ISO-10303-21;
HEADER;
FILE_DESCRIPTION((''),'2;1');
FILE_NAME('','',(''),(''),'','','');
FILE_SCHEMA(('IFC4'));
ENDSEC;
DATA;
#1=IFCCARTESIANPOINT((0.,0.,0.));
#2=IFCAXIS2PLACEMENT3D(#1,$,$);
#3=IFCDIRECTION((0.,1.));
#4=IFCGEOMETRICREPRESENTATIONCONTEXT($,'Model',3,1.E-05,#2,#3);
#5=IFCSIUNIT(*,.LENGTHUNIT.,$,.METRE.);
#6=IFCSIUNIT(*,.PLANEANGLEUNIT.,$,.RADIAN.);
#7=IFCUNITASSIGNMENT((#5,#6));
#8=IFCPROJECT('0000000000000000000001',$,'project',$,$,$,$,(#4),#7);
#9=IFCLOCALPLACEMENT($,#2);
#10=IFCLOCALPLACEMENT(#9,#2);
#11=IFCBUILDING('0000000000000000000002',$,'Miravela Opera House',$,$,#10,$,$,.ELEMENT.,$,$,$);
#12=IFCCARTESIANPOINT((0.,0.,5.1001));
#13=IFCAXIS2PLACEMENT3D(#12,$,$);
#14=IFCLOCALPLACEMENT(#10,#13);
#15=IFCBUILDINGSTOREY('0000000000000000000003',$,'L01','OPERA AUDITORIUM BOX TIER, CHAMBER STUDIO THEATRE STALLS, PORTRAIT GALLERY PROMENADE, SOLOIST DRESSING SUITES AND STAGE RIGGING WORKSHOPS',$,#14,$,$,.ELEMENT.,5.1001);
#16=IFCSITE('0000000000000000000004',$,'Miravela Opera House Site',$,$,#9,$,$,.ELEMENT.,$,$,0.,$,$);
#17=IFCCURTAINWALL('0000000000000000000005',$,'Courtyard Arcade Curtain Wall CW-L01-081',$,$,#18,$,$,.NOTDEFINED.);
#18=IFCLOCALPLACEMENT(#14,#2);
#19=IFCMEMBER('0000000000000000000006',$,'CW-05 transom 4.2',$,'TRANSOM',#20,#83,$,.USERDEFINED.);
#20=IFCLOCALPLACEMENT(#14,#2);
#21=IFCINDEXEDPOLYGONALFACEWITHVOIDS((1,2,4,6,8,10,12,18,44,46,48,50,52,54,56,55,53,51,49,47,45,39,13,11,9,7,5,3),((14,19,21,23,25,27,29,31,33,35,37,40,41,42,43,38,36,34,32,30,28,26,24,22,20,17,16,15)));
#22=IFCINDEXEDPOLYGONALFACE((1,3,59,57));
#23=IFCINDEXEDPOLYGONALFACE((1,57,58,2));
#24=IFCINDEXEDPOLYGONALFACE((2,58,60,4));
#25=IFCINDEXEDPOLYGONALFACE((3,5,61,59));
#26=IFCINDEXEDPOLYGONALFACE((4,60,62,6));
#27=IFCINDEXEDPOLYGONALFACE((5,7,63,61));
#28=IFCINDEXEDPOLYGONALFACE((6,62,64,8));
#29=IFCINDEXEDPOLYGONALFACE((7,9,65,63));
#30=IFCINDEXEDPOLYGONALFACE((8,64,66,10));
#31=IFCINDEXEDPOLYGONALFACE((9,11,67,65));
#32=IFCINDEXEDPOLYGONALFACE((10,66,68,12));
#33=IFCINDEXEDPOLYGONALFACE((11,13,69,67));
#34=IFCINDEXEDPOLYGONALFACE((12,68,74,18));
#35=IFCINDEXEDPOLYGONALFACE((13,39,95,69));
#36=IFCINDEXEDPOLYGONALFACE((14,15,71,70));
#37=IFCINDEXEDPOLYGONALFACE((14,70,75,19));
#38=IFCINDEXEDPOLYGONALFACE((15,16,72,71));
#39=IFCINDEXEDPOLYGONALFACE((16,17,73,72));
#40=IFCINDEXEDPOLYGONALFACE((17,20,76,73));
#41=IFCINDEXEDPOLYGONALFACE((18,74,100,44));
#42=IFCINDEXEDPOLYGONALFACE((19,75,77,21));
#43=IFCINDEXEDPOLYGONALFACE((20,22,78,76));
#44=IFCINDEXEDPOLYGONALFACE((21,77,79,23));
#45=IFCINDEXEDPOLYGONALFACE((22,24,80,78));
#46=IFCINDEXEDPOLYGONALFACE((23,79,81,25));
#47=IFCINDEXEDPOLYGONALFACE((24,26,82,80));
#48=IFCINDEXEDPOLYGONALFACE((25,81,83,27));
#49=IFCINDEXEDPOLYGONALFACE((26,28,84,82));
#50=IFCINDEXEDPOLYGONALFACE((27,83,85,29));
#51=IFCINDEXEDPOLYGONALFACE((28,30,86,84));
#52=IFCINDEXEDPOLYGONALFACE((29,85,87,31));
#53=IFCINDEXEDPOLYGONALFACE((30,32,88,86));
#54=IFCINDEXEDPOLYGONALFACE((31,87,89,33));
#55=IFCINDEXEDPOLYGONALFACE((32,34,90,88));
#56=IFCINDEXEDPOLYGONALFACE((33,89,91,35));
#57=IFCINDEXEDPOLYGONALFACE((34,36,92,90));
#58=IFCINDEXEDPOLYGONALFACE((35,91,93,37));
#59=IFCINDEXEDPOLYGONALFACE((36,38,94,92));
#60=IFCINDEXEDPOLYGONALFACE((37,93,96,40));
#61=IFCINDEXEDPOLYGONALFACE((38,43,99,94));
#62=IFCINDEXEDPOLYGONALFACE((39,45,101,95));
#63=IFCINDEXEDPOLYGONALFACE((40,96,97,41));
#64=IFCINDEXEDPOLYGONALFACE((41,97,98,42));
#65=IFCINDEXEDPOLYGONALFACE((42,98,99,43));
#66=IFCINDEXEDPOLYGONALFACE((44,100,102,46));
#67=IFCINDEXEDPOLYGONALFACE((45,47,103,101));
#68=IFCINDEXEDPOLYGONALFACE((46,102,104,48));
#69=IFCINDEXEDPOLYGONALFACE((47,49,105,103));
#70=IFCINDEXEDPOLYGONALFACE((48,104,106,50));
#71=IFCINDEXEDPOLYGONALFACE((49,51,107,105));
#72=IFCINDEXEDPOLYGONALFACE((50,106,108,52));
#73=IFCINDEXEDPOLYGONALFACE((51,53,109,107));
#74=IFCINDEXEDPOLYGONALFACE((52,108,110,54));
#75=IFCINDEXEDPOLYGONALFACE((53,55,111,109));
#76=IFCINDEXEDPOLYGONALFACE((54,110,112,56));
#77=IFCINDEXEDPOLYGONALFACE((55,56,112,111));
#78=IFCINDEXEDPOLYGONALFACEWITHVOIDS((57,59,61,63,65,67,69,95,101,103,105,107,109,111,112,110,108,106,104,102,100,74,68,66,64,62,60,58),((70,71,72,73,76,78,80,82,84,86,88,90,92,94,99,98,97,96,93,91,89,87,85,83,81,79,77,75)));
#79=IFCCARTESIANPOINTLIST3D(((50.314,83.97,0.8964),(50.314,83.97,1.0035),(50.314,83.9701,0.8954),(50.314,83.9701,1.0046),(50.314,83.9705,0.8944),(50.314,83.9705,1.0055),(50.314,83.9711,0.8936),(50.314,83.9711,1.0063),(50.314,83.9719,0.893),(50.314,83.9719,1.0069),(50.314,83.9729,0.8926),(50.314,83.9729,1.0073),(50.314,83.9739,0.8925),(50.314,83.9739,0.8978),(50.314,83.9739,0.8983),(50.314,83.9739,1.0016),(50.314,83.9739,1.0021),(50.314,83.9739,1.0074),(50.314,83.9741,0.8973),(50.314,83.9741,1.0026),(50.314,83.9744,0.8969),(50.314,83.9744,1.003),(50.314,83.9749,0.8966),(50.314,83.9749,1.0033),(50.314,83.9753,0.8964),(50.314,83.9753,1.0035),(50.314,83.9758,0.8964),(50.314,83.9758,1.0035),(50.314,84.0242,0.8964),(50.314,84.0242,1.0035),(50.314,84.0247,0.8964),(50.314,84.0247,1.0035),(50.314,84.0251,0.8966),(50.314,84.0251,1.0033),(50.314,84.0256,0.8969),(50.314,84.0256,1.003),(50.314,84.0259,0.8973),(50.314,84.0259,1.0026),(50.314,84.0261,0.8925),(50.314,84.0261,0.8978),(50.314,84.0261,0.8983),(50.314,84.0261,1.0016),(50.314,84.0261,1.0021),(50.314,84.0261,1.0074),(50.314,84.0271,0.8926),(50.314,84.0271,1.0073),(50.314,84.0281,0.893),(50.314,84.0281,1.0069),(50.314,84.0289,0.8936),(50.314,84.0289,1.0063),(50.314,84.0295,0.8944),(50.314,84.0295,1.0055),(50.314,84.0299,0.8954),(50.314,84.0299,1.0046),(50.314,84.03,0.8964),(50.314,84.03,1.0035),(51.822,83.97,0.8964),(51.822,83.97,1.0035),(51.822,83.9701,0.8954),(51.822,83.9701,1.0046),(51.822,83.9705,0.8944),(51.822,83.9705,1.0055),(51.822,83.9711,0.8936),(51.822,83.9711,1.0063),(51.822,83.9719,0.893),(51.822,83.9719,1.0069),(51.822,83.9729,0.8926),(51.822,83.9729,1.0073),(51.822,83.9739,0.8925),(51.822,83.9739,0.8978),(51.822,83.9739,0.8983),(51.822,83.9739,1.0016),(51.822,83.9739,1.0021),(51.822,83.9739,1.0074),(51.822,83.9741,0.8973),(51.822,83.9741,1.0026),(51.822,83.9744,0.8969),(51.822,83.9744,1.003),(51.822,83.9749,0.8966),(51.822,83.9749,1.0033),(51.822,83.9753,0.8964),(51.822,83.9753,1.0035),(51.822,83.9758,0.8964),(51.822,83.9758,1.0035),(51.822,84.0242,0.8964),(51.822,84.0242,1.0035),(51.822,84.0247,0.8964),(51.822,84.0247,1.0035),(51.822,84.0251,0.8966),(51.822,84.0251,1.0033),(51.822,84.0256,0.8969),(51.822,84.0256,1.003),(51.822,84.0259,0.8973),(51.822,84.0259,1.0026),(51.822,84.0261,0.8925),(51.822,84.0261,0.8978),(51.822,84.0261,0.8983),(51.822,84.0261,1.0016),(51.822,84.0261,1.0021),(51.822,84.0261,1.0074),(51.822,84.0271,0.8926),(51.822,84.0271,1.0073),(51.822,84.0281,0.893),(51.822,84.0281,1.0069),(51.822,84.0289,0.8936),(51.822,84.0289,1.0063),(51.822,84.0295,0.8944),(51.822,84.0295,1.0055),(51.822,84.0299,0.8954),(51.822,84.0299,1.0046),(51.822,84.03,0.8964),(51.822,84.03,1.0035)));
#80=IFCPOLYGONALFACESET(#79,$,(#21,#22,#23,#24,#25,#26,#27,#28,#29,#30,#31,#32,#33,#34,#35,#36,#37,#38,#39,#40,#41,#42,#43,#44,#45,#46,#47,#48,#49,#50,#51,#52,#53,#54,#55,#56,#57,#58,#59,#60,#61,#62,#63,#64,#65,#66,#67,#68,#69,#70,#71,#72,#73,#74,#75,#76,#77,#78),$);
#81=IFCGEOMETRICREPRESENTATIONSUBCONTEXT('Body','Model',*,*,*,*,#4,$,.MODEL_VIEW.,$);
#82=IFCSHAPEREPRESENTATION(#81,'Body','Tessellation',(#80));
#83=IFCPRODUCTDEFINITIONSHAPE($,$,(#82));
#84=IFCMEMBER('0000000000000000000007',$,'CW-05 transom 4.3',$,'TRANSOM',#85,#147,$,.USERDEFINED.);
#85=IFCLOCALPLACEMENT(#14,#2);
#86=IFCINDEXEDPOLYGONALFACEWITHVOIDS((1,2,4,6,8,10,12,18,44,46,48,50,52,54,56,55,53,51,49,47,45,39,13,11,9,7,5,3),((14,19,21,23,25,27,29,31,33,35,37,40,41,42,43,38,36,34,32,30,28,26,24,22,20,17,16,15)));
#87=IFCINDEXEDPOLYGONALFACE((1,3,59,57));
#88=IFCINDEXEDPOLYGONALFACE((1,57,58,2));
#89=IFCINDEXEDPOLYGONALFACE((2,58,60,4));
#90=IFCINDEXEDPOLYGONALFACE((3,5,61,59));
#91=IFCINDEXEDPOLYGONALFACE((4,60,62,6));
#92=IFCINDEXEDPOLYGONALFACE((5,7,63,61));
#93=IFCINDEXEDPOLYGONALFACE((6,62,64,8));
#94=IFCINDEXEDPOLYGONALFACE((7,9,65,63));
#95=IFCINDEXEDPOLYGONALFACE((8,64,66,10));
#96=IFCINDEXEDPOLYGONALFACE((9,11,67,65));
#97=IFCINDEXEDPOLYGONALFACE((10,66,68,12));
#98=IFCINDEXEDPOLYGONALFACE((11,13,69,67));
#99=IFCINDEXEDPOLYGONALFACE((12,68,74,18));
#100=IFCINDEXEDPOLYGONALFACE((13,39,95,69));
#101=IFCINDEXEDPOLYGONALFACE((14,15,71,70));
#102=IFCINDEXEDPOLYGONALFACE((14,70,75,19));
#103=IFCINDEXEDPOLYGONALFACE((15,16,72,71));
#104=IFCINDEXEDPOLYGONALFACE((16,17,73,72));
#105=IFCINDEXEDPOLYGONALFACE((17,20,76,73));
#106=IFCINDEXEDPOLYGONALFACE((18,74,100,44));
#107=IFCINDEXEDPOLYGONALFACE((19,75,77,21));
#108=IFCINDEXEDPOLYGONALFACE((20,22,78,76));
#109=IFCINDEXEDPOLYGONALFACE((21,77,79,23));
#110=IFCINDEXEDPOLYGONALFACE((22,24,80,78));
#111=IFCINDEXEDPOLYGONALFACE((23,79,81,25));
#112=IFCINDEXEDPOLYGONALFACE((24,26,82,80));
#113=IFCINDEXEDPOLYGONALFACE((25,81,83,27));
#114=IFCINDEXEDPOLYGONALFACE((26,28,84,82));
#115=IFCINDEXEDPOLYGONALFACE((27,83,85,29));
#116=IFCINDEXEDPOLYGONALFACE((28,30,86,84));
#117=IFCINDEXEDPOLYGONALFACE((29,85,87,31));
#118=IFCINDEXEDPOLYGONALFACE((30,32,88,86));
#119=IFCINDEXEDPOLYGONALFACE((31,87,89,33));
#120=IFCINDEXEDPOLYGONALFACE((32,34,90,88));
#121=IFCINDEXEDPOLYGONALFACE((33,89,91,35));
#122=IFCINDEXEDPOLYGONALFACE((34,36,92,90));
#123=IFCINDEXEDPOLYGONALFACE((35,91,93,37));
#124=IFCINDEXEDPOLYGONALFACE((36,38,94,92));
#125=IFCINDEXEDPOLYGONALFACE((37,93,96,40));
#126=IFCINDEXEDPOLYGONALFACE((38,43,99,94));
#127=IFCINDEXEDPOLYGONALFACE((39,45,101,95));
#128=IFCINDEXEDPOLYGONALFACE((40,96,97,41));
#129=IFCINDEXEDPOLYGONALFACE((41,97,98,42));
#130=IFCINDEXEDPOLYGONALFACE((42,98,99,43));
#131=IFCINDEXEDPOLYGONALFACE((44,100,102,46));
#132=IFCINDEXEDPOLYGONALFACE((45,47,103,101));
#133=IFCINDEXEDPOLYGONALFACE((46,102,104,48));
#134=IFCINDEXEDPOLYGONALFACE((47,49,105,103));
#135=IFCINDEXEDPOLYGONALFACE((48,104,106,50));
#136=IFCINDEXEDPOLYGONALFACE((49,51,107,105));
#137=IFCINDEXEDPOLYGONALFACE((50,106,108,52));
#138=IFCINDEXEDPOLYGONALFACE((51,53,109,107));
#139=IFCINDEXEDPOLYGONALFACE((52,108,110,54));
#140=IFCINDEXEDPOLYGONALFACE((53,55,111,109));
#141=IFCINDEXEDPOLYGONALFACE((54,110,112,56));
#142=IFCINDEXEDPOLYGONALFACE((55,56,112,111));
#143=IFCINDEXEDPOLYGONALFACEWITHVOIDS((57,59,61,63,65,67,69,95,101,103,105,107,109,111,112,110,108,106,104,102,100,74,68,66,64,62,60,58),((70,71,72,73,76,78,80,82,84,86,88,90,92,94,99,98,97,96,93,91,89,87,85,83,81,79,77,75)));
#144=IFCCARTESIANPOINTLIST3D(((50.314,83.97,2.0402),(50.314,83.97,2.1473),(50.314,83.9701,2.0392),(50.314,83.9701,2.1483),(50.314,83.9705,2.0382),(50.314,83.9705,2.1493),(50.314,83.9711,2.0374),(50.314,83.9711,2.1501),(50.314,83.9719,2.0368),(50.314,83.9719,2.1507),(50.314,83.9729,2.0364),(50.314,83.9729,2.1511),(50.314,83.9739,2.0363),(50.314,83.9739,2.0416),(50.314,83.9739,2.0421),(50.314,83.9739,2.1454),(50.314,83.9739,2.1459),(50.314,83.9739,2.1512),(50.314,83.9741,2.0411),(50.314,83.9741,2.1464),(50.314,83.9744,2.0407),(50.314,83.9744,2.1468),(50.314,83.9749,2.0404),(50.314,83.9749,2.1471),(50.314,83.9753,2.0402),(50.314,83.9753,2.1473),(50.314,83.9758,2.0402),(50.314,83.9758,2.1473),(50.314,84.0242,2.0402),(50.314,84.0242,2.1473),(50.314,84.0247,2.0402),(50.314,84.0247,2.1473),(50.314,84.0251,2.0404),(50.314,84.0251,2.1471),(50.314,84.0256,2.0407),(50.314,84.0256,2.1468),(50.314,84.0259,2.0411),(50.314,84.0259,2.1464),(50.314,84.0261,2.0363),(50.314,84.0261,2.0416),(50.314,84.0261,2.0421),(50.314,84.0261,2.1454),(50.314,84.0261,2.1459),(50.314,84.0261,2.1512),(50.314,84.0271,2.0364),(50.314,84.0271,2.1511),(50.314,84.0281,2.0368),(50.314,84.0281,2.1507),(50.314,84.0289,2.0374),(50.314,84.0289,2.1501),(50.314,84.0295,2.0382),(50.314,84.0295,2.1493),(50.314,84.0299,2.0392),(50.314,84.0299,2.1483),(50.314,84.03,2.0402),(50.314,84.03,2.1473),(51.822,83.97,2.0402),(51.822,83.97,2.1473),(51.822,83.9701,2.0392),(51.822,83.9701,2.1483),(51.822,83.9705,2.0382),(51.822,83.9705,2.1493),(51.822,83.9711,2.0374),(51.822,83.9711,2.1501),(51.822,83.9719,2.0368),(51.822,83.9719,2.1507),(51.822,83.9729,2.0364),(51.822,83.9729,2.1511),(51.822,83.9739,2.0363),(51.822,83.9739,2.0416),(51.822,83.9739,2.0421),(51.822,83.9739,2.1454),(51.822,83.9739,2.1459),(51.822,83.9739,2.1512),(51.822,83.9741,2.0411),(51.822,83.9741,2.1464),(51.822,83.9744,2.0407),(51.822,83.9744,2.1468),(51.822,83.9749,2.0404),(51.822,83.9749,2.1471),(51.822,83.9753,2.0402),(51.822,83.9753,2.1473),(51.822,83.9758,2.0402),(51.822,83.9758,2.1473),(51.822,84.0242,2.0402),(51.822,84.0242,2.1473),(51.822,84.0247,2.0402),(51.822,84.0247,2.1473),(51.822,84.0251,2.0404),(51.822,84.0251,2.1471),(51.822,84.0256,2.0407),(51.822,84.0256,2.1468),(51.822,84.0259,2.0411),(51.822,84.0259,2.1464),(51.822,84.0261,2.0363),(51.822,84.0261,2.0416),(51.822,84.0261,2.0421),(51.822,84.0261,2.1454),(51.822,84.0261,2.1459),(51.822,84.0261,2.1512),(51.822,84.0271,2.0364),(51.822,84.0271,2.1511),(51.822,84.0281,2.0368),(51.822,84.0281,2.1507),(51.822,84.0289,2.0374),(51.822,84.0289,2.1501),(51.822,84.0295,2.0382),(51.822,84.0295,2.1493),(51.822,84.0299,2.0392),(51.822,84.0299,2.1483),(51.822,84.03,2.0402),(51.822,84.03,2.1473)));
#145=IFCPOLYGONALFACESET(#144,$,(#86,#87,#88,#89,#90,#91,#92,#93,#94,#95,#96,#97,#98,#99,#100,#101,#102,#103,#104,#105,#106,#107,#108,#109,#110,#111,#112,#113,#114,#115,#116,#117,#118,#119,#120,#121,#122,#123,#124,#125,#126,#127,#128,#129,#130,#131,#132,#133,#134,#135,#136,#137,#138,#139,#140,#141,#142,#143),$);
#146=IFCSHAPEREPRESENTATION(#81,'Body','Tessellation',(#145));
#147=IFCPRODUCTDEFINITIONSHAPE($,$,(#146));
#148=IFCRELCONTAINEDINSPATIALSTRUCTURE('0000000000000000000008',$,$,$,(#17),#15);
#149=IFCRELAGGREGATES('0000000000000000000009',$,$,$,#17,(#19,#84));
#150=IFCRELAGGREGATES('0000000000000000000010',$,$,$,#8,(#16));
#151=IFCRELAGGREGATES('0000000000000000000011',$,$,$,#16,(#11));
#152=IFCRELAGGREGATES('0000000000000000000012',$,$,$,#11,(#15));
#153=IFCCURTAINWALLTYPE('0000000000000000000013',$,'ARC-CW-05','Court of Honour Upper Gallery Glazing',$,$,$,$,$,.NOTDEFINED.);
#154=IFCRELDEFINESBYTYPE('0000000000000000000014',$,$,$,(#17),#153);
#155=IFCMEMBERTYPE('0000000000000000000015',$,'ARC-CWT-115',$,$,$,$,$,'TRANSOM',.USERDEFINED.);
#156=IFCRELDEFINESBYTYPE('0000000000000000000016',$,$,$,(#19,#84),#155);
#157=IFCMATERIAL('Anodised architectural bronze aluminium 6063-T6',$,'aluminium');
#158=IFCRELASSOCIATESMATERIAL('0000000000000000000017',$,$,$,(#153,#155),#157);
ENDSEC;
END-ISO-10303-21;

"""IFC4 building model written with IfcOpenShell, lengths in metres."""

from ifc_helpers import new_model, si_unit, direction, frame, origin, origin_2d, place, context, subcontext, project, spatial, hollow_rectangle, extrude, material, material_profile, profile_set, type_object, element, aggregate, save


model = new_model("IFC4")

# Units and contexts
model_context = context("Model", 3, precision=1e-05, world=origin(), true_north=direction((0.0, 1.0)))
body_context = subcontext(model_context, "Body", "Model", "MODEL_VIEW")
ifc_project = project(units=[si_unit("LENGTHUNIT", "METRE"), si_unit("PLANEANGLEUNIT", "RADIAN")], contexts=[model_context])

# Site, building, storey
site_placement = place(None, origin())
site = spatial("IfcSite", under=ifc_project, at=site_placement, Name="Miravela Opera House Site", CompositionType="ELEMENT", RefElevation=0.0)
building_placement = place(site_placement, origin())
building = spatial("IfcBuilding", under=site, at=building_placement, Name="Miravela Opera House", CompositionType="ELEMENT")
storey_placement = place(building_placement, frame((0.0, 0.0, 5.1001)))
storey = spatial("IfcBuildingStorey", under=building, at=storey_placement, Name="L01", Description="OPERA AUDITORIUM BOX TIER, CHAMBER STUDIO THEATRE STALLS, PORTRAIT GALLERY PROMENADE, SOLOIST DRESSING SUITES AND STAGE RIGGING WORKSHOPS", CompositionType="ELEMENT", Elevation=5.1001)

# Curtain wall, members
ifc_material_1 = material(Name="Anodised architectural bronze aluminium 6063-T6", Category="aluminium")
curtain_wall_type = type_object("IfcCurtainWallType", Name="ARC-CW-05", Description="Court of Honour Upper Gallery Glazing", PredefinedType="NOTDEFINED", material=ifc_material_1)
curtain_wall_placement = place(storey_placement, origin())
curtain_wall = element("IfcCurtainWall", 1, at=curtain_wall_placement, inside=storey, type_object=curtain_wall_type, Name="Courtyard Arcade Curtain Wall CW-L01-081", PredefinedType="NOTDEFINED")
ifc_material_profile_1 = material_profile(ifc_material_1, hollow_rectangle(XDim=0.0601, YDim=0.115, WallThickness=0.0039, InnerFilletRadius=0.002, OuterFilletRadius=0.0039, at=origin_2d()), Name="CWT-60X115")
ifc_profile_set_1 = profile_set([ifc_material_profile_1])
member_type_1 = type_object("IfcMemberType", Name="ARC-CWT-115", ElementType="TRANSOM", PredefinedType="USERDEFINED", material=ifc_profile_set_1)
member_1_placement = place(storey_placement, frame((50.314, 84.0, 0.95), z_axis=(1.0, 0.0, 0.0), x_axis=(0.0, 1.0, 0.0)))
member_1 = element("IfcMember", 2, at=member_1_placement, type_object=member_type_1, Name="CW-05 transom 4.2", ObjectType="TRANSOM", PredefinedType="USERDEFINED", context=body_context, shape_type="SweptSolid", body=[
    extrude(hollow_rectangle(XDim=0.0601, YDim=0.115, WallThickness=0.0039, InnerFilletRadius=0.002, OuterFilletRadius=0.0039, at=origin_2d()), origin(), (0.0, 0.0, 1.0), 1.5081),
])
member_2_placement = place(storey_placement, frame((50.314, 84.0, 2.0938), z_axis=(1.0, 0.0, 0.0), x_axis=(0.0, 1.0, 0.0)))
member_2 = element("IfcMember", 3, at=member_2_placement, type_object=member_type_1, Name="CW-05 transom 4.3", ObjectType="TRANSOM", PredefinedType="USERDEFINED", context=body_context, shape_type="SweptSolid", body=[
    extrude(hollow_rectangle(XDim=0.0601, YDim=0.115, WallThickness=0.0039, InnerFilletRadius=0.002, OuterFilletRadius=0.0039, at=origin_2d()), origin(), (0.0, 0.0, 1.0), 1.5081),
])

aggregate(curtain_wall, [member_1, member_2])

save(model, "model.ifc")
